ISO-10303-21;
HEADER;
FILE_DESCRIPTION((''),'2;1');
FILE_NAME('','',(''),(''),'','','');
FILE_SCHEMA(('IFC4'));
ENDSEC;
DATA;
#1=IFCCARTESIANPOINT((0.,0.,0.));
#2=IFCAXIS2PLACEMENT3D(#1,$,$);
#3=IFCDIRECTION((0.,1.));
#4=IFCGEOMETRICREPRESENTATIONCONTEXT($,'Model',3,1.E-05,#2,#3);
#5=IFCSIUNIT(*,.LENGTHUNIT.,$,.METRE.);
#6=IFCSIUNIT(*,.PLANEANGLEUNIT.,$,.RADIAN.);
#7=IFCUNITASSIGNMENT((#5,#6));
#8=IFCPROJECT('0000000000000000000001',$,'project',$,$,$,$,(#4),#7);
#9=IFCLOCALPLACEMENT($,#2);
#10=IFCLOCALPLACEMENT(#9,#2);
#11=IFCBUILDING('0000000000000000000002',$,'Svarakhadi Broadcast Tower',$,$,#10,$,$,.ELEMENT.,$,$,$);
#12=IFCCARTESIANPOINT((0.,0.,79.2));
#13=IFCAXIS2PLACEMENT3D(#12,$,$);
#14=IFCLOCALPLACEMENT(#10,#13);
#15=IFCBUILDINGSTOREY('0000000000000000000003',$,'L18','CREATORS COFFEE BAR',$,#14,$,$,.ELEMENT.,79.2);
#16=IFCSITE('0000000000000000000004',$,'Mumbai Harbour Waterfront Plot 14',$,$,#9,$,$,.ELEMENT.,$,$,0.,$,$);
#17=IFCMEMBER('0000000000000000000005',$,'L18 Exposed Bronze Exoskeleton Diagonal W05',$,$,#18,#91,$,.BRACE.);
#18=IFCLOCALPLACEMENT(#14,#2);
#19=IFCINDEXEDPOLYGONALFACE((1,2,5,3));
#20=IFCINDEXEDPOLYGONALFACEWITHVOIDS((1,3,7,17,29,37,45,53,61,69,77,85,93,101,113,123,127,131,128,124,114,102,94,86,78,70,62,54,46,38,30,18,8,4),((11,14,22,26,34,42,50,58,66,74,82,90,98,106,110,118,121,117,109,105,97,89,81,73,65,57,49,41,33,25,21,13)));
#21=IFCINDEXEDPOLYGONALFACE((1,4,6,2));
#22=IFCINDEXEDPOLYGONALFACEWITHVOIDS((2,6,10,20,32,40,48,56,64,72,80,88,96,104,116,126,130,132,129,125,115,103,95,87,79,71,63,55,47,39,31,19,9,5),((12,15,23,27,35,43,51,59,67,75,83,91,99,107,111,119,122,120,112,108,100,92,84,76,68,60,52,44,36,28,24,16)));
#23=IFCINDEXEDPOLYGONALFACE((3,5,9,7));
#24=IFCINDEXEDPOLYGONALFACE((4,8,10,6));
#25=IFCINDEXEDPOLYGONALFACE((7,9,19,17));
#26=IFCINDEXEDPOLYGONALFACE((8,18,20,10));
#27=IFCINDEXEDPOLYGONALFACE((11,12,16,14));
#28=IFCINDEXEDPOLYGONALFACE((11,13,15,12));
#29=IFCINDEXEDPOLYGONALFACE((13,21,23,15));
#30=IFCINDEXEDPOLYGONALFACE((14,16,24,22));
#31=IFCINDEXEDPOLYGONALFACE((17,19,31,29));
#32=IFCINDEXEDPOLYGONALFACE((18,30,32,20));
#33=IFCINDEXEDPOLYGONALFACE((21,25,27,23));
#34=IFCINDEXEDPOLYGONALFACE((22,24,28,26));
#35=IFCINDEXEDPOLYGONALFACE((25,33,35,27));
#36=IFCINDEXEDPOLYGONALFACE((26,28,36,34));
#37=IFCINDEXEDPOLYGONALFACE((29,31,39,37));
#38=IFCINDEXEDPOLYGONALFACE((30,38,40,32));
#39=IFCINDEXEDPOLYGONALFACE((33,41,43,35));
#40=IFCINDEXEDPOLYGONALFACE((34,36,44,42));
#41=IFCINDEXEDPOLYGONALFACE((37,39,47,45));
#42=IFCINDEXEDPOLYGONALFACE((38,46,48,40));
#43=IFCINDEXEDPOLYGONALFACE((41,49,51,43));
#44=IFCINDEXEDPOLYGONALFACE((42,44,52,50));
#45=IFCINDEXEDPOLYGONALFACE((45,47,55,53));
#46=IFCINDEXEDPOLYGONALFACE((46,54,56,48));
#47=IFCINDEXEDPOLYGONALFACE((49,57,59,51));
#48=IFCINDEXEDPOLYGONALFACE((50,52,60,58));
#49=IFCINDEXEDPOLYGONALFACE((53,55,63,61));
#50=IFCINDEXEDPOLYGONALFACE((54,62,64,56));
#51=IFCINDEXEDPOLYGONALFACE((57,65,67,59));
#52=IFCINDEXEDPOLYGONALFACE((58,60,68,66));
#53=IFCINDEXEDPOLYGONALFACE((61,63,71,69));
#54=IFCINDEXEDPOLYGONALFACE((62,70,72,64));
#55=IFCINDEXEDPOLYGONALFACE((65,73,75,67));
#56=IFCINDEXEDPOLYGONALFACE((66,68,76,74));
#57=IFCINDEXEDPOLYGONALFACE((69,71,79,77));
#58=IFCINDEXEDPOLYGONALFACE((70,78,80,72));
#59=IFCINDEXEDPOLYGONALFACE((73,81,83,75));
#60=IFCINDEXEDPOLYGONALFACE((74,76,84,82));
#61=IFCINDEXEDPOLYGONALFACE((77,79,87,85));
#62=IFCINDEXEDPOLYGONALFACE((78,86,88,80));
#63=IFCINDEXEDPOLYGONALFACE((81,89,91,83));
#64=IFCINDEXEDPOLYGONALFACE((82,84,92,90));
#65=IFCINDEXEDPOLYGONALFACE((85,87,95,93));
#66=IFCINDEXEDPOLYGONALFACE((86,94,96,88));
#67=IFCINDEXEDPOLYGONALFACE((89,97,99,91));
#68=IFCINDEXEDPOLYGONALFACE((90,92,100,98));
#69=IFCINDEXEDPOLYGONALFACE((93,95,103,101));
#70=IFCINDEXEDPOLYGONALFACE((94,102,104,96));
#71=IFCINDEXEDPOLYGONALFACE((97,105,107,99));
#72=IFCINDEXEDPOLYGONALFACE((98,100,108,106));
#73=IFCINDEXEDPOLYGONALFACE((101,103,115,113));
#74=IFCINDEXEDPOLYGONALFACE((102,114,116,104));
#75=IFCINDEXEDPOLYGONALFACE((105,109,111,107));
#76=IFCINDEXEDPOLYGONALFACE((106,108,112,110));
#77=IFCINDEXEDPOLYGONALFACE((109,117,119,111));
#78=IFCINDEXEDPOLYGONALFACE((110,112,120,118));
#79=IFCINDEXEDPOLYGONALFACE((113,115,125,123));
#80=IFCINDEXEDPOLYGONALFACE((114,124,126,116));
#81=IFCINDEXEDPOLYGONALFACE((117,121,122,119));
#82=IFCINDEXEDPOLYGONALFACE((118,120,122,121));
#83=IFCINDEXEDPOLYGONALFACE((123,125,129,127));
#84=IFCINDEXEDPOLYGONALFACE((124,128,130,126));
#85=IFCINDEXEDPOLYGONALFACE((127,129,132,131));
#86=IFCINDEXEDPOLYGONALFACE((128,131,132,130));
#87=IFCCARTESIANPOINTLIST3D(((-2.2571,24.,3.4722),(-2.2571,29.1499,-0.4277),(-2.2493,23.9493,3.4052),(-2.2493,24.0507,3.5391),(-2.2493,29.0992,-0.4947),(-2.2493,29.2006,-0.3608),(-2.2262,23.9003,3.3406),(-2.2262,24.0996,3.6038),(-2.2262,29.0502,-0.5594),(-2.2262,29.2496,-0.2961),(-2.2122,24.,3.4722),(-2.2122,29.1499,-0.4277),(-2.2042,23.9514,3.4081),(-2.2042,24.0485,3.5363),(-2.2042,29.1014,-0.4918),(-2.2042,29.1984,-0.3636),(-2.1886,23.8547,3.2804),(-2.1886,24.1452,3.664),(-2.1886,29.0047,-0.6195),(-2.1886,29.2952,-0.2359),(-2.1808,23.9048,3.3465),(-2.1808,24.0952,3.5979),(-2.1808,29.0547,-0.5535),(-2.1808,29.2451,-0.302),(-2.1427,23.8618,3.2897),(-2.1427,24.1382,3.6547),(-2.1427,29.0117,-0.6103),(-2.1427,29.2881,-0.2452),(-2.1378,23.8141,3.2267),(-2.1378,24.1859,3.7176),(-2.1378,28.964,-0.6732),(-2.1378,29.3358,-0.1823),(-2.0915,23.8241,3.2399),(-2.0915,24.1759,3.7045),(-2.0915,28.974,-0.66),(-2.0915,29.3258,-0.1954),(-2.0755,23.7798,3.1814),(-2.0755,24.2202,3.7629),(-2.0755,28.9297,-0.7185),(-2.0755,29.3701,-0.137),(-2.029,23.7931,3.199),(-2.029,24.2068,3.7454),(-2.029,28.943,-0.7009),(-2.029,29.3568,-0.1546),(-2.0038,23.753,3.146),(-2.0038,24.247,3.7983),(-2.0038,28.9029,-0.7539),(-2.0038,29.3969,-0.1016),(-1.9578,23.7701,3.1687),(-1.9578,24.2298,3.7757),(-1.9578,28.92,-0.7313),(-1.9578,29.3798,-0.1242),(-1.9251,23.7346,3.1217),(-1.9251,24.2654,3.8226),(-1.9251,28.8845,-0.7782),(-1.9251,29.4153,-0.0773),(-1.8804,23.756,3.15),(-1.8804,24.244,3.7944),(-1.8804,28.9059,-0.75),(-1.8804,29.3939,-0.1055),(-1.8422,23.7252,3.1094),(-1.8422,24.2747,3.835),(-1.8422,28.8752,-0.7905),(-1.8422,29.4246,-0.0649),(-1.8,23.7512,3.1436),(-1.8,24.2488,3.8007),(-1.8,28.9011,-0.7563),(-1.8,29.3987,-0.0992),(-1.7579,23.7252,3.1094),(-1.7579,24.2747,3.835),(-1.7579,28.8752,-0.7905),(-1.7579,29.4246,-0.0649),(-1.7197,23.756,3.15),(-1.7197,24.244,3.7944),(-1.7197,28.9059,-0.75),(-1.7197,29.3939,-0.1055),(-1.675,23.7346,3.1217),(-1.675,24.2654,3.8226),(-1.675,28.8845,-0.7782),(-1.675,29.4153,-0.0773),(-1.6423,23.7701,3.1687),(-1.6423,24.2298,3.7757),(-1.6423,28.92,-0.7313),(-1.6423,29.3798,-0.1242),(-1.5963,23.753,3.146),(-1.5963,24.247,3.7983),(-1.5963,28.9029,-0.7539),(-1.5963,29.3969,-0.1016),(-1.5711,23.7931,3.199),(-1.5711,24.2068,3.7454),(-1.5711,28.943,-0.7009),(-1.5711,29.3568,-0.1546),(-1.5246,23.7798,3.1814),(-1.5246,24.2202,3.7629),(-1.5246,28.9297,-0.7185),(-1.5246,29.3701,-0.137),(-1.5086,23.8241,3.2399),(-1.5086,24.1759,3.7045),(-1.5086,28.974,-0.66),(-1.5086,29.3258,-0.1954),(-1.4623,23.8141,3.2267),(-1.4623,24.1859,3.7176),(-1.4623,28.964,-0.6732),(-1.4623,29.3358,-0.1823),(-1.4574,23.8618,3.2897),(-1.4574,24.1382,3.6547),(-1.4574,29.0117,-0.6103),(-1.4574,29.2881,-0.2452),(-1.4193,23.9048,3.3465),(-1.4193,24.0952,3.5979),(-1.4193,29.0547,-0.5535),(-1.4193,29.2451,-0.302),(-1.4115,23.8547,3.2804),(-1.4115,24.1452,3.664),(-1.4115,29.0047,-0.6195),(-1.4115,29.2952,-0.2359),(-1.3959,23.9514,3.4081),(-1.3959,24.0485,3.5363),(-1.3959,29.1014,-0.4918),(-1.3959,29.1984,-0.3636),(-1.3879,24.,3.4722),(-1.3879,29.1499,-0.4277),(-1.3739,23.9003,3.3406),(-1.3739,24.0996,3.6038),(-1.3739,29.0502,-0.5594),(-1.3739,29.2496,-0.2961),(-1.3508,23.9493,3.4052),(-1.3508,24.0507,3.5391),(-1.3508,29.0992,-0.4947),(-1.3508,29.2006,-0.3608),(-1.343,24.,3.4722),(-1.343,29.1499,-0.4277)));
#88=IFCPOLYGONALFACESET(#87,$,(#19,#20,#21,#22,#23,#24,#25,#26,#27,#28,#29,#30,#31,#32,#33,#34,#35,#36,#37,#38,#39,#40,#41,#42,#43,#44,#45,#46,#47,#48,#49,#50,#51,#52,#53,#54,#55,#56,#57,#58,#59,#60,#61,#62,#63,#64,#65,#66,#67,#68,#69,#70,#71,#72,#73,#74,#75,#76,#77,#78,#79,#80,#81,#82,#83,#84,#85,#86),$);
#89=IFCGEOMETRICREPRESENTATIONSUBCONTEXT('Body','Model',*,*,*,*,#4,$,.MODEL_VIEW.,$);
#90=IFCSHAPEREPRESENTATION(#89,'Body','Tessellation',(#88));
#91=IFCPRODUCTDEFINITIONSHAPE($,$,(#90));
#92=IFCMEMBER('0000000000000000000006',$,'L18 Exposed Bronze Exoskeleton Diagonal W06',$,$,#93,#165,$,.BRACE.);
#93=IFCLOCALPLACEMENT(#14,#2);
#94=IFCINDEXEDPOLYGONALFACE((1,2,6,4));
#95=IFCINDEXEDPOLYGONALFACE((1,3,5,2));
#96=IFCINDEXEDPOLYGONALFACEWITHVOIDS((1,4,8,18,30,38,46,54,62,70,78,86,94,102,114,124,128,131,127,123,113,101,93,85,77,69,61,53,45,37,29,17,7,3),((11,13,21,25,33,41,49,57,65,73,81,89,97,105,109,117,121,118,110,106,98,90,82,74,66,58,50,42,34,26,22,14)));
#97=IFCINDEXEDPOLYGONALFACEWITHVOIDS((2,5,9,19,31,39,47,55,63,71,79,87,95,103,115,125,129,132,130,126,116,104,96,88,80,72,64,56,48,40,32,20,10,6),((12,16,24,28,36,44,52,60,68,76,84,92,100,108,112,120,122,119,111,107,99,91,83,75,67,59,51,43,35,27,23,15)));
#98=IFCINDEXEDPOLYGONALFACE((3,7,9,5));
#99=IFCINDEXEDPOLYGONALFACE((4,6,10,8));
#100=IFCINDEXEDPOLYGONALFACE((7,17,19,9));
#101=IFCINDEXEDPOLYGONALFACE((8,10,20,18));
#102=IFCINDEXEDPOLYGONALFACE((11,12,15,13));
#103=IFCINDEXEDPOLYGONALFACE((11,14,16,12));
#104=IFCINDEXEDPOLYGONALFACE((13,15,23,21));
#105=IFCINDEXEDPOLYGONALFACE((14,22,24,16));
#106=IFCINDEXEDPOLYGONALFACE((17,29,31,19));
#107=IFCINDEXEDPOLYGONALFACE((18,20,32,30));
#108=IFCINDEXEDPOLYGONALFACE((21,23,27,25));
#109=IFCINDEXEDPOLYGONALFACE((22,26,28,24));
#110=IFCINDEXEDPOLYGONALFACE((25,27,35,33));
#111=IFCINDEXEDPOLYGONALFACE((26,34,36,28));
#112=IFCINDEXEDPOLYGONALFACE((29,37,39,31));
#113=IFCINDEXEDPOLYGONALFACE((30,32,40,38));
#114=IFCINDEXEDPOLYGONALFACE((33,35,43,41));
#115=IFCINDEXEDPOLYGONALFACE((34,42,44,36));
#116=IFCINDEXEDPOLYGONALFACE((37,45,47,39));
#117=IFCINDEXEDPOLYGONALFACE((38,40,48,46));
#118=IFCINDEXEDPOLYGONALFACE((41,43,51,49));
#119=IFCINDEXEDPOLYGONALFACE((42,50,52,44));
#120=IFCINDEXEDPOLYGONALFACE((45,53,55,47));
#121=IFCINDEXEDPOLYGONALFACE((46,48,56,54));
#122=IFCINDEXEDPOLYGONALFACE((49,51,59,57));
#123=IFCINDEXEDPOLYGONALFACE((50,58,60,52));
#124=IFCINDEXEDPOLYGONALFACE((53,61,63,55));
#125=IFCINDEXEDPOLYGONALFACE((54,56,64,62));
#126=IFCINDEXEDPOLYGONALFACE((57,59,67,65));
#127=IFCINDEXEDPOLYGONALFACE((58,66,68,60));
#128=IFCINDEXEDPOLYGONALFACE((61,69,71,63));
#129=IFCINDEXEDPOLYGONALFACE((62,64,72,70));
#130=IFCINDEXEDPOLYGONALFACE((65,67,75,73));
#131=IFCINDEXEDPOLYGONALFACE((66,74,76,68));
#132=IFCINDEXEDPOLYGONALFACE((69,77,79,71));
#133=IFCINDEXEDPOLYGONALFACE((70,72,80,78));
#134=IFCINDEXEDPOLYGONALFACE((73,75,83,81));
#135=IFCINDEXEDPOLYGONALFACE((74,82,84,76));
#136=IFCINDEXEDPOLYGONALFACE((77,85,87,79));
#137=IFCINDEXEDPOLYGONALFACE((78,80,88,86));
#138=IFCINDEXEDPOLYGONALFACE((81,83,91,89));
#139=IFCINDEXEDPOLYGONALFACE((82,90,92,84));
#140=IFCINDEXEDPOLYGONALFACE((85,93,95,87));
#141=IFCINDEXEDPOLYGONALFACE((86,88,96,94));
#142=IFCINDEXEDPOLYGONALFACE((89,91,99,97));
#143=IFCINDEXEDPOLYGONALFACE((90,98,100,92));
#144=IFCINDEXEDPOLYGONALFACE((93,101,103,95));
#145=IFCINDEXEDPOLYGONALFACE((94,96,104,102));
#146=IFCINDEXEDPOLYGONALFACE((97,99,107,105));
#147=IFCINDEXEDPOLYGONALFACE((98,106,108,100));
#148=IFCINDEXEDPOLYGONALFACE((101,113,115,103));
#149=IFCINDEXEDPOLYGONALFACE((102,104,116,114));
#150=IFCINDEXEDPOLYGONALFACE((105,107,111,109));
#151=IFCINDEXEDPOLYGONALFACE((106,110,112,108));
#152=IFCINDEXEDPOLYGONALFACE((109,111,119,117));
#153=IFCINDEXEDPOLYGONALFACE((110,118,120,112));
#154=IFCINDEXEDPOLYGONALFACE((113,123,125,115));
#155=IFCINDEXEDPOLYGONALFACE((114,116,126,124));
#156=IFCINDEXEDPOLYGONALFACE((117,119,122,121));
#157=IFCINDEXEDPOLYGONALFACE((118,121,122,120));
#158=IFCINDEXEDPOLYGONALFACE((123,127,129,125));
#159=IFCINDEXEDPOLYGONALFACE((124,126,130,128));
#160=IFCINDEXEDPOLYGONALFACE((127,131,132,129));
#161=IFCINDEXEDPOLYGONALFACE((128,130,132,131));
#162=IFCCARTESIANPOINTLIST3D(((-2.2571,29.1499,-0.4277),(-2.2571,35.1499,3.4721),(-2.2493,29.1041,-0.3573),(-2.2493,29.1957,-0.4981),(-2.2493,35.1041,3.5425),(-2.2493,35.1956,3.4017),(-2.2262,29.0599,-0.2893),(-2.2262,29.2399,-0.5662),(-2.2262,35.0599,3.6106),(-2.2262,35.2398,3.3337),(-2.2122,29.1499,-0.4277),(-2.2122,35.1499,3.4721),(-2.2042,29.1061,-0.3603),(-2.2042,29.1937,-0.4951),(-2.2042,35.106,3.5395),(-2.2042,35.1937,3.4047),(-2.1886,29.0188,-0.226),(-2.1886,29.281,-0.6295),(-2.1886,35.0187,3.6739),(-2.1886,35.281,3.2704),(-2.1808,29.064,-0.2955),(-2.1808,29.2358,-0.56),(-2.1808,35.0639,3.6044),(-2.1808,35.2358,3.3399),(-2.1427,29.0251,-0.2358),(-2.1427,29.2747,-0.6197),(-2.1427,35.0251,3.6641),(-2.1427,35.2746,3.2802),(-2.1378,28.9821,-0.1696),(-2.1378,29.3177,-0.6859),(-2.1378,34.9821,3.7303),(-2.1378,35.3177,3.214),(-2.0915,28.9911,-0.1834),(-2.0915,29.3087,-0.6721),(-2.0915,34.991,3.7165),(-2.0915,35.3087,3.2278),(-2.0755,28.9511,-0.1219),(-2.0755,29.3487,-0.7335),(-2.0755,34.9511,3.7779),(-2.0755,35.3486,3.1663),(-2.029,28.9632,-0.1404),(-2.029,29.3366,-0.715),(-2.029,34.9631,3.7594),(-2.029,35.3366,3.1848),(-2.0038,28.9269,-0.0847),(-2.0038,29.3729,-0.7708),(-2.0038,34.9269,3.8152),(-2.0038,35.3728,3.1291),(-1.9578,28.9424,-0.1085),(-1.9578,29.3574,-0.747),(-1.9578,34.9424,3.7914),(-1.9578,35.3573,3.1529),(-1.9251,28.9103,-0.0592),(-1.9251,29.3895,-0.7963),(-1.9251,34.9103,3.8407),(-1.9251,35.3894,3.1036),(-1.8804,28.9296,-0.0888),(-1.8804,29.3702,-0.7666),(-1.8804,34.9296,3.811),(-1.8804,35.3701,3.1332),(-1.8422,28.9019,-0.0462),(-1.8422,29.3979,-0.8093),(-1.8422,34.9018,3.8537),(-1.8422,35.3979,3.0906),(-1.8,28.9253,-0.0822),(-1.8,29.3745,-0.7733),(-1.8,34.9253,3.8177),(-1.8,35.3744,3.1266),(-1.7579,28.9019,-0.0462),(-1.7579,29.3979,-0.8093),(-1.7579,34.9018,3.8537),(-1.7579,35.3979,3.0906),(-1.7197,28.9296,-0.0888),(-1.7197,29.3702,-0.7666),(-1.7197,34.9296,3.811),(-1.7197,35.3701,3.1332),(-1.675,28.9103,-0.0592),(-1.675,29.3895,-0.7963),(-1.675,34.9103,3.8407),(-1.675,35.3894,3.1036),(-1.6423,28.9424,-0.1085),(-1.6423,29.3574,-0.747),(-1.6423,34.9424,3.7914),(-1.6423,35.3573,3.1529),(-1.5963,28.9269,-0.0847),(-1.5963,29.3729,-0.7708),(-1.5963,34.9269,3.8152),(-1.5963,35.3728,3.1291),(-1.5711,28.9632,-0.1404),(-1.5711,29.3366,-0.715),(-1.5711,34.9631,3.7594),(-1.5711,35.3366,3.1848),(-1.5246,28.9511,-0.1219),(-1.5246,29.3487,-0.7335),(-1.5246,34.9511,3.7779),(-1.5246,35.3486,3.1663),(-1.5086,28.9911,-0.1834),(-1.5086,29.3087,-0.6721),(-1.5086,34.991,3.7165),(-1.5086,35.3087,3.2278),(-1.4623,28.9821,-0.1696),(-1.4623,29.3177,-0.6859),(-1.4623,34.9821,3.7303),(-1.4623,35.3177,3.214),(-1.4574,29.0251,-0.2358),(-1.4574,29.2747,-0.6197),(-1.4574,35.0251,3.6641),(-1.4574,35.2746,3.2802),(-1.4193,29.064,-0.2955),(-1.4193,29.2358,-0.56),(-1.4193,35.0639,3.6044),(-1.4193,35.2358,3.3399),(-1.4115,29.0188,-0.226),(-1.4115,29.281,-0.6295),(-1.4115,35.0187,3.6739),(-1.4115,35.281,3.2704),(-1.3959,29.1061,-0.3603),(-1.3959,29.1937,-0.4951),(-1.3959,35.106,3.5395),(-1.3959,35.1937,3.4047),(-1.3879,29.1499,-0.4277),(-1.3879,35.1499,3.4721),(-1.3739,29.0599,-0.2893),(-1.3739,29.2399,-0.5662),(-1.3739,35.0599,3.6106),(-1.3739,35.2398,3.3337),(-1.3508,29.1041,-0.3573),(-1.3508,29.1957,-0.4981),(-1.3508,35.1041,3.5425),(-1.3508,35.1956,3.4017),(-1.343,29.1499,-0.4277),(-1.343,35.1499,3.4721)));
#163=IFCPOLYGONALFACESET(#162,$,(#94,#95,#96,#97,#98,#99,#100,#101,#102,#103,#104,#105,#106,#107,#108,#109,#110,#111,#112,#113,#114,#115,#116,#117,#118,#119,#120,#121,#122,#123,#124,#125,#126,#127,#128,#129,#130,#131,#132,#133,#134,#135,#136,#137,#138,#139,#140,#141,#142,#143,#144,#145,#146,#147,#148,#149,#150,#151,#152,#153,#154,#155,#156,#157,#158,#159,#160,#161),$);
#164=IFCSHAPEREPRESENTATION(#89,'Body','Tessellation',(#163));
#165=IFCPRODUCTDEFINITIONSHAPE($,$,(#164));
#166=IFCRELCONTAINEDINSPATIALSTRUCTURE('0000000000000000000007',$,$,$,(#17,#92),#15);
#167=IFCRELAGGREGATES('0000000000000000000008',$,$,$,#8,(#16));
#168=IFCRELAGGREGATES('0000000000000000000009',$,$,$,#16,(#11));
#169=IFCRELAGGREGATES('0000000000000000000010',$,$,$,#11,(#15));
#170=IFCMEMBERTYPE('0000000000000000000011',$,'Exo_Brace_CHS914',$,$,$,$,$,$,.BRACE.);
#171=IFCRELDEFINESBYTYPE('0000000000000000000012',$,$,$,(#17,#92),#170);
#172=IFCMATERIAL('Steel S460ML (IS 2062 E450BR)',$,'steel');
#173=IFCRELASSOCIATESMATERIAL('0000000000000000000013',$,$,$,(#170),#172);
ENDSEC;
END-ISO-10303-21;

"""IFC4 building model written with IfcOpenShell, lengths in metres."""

from ifc_helpers import new_model, si_unit, direction, frame, origin, origin_2d, place, context, subcontext, project, spatial, hollow_circle, extrude, material, material_profile, profile_set, type_object, element, save


model = new_model("IFC4")

# Units and contexts
model_context = context("Model", 3, precision=1e-05, world=origin(), true_north=direction((0.0, 1.0)))
body_context = subcontext(model_context, "Body", "Model", "MODEL_VIEW")
ifc_project = project(units=[si_unit("LENGTHUNIT", "METRE"), si_unit("PLANEANGLEUNIT", "RADIAN")], contexts=[model_context])

# Site, building, storey
site_placement = place(None, origin())
site = spatial("IfcSite", under=ifc_project, at=site_placement, Name="Mumbai Harbour Waterfront Plot 14", CompositionType="ELEMENT", RefElevation=0.0)
building_placement = place(site_placement, origin())
building = spatial("IfcBuilding", under=site, at=building_placement, Name="Svarakhadi Broadcast Tower", CompositionType="ELEMENT")
storey_placement = place(building_placement, frame((0.0, 0.0, 79.2)))
storey = spatial("IfcBuildingStorey", under=building, at=storey_placement, Name="L18", Description="CREATORS COFFEE BAR", CompositionType="ELEMENT", Elevation=79.2)

# Shared definitions
ifc_material_1 = material(Name="Steel S460ML (IS 2062 E450BR)", Category="steel")

# Members
ifc_material_profile_1 = material_profile(ifc_material_1, hollow_circle(Radius=0.457, WallThickness=0.0449, at=origin_2d()), Name="CHS 914x45")
ifc_profile_set_1 = profile_set([ifc_material_profile_1], Name="Steel S460ML (IS 2062 E450BR)")
member_type_1 = type_object("IfcMemberType", Name="Exo_Brace_CHS914", PredefinedType="BRACE", material=ifc_profile_set_1)
member_1_placement = place(storey_placement, frame((-1.8, 29.1499, -0.4277), z_axis=(0.0, -0.797207, 0.603706), x_axis=(1.0, 0.0, 0.0)))
element("IfcMember", 1, at=member_1_placement, inside=storey, type_object=member_type_1, Name="L18 Exposed Bronze Exoskeleton Diagonal W05", PredefinedType="BRACE", context=body_context, shape_type="SweptSolid", body=[
    extrude(hollow_circle(Radius=0.457, WallThickness=0.0449, at=origin_2d()), origin(), (0.0, 0.0, 1.0), 6.46),
])
member_2_placement = place(storey_placement, frame((-1.8, 29.1499, -0.4277), z_axis=(0.0, 0.83845, 0.544979), x_axis=(-1.0, 0.0, 0.0)))
element("IfcMember", 2, at=member_2_placement, inside=storey, type_object=member_type_1, Name="L18 Exposed Bronze Exoskeleton Diagonal W06", PredefinedType="BRACE", context=body_context, shape_type="SweptSolid", body=[
    extrude(hollow_circle(Radius=0.457, WallThickness=0.0449, at=origin_2d()), origin(), (0.0, 0.0, 1.0), 7.156),
])

save(model, "model.ifc")
